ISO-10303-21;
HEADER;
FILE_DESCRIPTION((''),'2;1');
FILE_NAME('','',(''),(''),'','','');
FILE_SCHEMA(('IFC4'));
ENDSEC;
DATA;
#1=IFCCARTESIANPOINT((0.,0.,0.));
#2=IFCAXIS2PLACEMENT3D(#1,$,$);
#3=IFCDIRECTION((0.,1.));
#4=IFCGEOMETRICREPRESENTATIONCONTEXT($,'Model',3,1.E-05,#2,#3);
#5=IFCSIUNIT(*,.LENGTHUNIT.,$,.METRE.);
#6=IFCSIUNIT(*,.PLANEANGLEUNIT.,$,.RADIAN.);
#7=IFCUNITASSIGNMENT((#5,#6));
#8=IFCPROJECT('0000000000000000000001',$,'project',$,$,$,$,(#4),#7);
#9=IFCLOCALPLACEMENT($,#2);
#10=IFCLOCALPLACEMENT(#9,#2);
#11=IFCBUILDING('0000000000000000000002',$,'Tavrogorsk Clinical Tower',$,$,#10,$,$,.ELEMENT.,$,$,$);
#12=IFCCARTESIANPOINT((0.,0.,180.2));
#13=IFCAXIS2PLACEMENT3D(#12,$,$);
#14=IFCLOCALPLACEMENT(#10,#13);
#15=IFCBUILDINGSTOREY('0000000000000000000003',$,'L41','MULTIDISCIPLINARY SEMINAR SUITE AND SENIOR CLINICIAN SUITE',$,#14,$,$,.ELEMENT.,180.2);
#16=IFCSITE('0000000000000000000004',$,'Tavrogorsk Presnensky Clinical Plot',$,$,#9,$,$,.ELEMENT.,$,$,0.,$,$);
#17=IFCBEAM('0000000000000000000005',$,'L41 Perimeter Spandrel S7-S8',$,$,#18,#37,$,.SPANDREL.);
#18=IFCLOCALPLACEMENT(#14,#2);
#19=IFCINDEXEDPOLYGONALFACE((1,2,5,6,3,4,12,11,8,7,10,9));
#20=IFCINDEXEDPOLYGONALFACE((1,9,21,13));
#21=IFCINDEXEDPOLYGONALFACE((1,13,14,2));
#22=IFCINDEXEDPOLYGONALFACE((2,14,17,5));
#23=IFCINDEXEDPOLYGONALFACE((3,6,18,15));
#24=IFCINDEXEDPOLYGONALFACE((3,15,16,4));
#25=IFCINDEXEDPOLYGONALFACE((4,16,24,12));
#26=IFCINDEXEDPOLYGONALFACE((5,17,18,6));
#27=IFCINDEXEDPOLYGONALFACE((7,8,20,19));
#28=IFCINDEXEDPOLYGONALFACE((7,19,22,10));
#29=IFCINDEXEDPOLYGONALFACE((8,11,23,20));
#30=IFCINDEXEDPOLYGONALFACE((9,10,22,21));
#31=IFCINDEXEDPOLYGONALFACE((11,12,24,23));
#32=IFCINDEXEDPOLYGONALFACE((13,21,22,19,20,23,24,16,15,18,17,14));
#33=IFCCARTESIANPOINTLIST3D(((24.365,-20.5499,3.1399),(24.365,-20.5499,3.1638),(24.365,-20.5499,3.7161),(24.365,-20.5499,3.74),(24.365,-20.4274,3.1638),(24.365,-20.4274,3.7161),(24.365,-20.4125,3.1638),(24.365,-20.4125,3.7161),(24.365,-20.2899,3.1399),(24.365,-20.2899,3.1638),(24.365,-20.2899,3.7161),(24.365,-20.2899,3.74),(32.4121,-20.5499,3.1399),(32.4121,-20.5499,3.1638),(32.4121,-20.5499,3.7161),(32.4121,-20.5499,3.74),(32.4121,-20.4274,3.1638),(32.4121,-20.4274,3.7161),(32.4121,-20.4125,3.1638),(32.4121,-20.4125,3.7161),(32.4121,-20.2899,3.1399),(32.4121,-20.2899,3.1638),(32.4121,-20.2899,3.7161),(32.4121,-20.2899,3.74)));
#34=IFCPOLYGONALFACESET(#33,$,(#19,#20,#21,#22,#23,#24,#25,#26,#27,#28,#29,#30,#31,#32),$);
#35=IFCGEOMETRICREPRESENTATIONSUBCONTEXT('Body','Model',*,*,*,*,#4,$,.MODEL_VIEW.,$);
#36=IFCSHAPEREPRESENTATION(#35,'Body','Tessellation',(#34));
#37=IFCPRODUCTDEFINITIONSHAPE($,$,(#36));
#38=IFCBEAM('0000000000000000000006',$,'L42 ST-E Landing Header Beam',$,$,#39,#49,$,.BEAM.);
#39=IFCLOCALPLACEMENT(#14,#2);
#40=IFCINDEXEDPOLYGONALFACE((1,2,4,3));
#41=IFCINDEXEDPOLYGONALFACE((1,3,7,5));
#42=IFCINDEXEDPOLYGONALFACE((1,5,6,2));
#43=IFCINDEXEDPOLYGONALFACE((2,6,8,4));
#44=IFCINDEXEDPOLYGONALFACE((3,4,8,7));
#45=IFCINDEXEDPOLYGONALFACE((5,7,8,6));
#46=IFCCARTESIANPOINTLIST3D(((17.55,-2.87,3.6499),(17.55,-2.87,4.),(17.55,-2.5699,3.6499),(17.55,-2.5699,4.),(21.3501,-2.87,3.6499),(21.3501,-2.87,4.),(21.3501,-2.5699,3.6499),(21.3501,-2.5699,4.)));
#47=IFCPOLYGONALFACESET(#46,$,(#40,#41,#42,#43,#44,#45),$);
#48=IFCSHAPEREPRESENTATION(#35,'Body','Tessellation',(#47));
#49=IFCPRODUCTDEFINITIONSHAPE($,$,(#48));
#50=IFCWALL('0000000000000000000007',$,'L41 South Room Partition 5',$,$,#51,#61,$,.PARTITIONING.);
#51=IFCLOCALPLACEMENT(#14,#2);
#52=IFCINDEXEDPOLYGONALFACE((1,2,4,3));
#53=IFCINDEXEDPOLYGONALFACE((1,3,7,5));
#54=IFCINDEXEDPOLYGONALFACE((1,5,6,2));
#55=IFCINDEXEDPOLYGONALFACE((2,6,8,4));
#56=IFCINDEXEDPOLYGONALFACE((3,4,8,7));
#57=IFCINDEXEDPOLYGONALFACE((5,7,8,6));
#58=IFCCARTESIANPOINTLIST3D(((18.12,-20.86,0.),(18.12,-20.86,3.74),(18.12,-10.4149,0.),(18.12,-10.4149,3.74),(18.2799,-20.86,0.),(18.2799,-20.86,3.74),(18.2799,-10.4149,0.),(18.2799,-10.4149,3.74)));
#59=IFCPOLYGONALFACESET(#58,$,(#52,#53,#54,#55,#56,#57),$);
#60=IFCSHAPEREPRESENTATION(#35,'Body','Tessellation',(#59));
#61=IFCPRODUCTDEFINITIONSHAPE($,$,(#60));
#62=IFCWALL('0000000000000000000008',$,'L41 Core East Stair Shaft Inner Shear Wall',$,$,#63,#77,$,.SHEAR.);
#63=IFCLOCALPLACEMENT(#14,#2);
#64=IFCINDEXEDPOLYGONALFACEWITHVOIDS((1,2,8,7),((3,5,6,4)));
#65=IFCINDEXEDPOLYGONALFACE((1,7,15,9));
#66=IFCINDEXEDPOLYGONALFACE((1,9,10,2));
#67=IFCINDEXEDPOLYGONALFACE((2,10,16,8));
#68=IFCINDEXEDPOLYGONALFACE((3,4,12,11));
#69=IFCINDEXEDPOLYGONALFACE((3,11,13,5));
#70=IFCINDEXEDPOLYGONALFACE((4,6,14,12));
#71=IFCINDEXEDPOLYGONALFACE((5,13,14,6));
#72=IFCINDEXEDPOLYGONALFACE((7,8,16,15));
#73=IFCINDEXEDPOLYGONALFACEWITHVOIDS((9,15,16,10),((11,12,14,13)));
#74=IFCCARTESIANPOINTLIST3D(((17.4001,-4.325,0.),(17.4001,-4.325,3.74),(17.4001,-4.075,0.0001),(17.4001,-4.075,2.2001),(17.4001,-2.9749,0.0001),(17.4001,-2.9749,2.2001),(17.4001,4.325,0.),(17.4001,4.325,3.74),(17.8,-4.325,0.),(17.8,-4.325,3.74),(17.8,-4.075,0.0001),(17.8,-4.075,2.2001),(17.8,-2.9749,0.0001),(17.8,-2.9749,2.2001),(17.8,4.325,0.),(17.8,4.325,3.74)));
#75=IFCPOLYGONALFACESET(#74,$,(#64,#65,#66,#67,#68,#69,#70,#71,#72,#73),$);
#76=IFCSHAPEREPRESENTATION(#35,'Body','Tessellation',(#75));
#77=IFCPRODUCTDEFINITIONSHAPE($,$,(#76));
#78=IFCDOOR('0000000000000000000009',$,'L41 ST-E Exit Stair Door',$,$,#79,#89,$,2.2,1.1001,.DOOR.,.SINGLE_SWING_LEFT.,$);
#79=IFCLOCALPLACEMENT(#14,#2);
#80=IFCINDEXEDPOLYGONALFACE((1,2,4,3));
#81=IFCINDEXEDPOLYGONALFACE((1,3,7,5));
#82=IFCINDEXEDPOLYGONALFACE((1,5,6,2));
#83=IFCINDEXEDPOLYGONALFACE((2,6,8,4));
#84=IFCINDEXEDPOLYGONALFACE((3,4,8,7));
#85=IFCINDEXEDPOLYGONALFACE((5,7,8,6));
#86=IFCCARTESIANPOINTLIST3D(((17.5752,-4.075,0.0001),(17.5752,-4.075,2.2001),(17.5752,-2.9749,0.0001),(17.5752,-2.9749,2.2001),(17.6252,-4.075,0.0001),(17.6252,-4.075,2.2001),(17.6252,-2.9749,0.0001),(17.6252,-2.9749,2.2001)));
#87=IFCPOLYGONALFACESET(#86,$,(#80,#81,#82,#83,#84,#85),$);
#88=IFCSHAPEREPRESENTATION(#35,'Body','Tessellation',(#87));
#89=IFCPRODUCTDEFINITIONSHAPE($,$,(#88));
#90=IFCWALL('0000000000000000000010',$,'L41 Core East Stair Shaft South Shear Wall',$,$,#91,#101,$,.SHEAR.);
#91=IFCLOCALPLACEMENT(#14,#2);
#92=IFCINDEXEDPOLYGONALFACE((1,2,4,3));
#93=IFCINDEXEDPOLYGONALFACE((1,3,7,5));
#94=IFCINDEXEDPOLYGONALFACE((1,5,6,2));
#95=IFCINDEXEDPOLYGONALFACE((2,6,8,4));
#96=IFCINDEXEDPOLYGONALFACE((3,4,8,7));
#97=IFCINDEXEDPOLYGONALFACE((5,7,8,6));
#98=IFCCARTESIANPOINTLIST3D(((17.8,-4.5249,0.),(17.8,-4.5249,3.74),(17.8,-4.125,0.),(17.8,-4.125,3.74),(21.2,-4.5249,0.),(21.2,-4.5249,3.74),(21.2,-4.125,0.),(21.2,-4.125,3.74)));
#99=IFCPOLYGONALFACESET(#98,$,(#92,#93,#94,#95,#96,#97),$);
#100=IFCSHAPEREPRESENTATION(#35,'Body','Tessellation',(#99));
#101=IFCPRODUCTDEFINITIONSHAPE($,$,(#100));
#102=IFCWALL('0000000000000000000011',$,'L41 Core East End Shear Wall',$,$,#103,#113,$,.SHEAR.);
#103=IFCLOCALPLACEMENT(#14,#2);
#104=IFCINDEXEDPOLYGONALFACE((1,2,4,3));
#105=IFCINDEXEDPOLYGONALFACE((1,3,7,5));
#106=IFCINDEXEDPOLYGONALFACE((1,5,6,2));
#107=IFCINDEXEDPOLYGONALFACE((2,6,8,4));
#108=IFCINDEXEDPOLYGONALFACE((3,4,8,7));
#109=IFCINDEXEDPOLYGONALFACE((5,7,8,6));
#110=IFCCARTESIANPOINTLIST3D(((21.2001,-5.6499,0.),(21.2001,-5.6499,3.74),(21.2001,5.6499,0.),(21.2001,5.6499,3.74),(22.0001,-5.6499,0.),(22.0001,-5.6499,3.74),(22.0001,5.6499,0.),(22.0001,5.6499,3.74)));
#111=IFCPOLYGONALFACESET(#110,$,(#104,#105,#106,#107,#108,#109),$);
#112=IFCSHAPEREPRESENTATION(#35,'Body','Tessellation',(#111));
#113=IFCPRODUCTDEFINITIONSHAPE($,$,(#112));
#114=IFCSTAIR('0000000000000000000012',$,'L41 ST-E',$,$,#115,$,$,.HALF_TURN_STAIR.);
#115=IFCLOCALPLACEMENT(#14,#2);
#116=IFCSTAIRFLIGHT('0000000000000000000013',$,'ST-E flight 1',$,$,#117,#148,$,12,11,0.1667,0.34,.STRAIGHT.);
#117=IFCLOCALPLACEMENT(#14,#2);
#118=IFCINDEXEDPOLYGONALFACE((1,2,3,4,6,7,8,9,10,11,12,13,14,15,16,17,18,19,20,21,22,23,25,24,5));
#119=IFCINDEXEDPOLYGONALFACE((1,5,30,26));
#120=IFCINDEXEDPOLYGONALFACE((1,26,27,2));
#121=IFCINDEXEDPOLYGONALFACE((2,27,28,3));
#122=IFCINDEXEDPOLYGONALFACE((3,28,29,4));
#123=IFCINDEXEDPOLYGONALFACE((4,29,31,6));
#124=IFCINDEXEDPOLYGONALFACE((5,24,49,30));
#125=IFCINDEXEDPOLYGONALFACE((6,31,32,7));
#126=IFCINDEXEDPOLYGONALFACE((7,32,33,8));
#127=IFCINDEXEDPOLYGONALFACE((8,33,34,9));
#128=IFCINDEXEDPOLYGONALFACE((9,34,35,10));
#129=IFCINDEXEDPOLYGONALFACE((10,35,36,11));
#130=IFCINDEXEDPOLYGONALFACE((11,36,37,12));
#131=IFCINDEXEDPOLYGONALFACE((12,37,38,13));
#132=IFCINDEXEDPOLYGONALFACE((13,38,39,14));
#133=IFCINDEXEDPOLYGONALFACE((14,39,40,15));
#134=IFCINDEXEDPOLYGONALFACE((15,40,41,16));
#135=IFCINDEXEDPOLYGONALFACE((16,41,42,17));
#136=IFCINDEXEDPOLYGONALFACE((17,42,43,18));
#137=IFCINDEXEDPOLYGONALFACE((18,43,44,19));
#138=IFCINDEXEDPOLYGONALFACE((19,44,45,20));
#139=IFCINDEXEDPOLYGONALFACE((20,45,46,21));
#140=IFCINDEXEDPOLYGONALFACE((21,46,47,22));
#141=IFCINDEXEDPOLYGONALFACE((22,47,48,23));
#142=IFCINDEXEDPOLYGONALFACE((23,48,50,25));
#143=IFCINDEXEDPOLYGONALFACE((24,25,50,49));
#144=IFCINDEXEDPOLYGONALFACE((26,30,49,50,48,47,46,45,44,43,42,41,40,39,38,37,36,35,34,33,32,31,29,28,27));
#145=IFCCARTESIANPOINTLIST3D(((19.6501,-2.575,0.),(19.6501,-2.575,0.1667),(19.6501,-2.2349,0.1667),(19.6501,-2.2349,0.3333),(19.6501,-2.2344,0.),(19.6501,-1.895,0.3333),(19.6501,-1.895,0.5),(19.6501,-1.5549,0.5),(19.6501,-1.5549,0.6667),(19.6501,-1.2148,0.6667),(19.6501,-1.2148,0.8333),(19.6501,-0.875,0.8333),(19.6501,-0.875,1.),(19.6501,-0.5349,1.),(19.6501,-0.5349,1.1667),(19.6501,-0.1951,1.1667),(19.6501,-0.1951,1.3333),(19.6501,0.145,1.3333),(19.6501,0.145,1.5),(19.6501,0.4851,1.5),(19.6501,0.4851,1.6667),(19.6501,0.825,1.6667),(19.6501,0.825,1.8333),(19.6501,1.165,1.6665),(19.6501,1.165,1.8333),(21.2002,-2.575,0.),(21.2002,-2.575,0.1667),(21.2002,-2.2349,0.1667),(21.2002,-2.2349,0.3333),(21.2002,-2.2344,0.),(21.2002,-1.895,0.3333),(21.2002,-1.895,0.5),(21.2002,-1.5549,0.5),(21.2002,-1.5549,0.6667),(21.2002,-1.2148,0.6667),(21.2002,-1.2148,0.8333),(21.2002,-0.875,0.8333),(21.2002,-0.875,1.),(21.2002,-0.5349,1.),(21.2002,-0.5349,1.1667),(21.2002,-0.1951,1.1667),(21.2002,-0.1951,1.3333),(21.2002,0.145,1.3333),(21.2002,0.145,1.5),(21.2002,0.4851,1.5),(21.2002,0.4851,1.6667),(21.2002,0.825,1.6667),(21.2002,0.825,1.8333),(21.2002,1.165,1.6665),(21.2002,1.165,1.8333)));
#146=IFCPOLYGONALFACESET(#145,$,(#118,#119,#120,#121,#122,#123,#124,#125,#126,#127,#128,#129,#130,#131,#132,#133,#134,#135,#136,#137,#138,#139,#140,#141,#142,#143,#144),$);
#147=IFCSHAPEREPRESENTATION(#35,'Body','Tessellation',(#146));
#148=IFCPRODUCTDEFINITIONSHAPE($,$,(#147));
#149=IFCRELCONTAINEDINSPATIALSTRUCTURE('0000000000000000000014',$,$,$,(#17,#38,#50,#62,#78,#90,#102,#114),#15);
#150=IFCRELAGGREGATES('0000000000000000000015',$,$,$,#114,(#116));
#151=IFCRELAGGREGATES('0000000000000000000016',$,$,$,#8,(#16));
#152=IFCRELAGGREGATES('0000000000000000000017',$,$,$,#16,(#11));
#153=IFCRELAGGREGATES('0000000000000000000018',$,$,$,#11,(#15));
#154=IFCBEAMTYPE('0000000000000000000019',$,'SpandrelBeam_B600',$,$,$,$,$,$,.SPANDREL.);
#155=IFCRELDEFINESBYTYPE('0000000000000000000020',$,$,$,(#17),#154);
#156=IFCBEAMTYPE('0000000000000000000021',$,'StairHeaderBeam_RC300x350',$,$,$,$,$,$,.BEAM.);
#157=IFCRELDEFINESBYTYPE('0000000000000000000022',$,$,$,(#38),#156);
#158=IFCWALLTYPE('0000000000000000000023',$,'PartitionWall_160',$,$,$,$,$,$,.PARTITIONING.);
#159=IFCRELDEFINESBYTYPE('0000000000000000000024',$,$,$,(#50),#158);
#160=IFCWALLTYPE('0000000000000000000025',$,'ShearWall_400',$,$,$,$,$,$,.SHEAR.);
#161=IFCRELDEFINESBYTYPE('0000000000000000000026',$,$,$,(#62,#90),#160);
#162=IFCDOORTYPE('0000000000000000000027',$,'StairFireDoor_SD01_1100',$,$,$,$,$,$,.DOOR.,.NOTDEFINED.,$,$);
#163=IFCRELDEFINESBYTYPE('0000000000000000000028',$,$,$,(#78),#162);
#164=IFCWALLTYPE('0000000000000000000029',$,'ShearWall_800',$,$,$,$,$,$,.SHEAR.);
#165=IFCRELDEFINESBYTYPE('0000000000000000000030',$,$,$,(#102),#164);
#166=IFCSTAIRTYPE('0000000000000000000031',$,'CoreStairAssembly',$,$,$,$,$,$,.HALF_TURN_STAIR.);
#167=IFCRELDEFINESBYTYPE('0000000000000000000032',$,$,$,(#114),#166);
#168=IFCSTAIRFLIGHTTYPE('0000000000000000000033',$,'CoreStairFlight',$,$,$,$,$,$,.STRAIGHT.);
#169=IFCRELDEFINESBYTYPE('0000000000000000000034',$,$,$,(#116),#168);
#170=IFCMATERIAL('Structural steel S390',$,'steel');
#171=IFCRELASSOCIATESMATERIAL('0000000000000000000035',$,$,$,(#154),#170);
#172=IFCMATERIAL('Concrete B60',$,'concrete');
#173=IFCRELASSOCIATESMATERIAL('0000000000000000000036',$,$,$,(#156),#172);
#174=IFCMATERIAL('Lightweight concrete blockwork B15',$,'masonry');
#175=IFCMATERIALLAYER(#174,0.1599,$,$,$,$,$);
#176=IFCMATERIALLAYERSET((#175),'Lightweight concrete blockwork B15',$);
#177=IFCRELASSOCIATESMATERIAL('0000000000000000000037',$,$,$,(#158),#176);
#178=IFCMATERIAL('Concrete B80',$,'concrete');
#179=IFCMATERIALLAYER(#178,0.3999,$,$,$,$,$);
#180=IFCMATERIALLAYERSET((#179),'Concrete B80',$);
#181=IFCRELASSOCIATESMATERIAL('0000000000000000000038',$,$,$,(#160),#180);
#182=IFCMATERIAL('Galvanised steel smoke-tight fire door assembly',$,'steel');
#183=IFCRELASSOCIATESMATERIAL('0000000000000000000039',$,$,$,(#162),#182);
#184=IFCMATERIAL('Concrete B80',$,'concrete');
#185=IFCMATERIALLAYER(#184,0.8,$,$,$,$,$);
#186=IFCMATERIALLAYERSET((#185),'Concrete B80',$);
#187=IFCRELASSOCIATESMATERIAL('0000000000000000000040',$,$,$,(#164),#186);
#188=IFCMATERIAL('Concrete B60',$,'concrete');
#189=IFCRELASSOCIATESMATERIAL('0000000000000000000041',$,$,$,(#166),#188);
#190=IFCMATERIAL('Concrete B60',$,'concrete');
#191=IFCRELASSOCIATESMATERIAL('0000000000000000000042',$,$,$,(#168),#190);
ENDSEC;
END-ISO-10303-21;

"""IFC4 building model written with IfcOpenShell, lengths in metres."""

from ifc_helpers import new_model, si_unit, direction, frame, frame_2d, origin, origin_2d, place, context, subcontext, project, spatial, polyline, rectangle, i_section, outline, extrude, material, layer, layer_set, material_profile, profile_set, type_object, element, fill, aggregate, save


model = new_model("IFC4")

# Units and contexts
model_context = context("Model", 3, precision=1e-05, world=origin(), true_north=direction((0.0, 1.0)))
body_context = subcontext(model_context, "Body", "Model", "MODEL_VIEW")
ifc_project = project(units=[si_unit("LENGTHUNIT", "METRE"), si_unit("PLANEANGLEUNIT", "RADIAN")], contexts=[model_context])

# Site, building, storey
site_placement = place(None, origin())
site = spatial("IfcSite", under=ifc_project, at=site_placement, Name="Tavrogorsk Presnensky Clinical Plot", CompositionType="ELEMENT", RefElevation=0.0)
building_placement = place(site_placement, origin())
building = spatial("IfcBuilding", under=site, at=building_placement, Name="Tavrogorsk Clinical Tower", CompositionType="ELEMENT")
storey_placement = place(building_placement, frame((0.0, 0.0, 180.2)))
storey = spatial("IfcBuildingStorey", under=building, at=storey_placement, Name="L41", Description="MULTIDISCIPLINARY SEMINAR SUITE AND SENIOR CLINICIAN SUITE", CompositionType="ELEMENT", Elevation=180.2)

# Beams
ifc_material_1 = material(Name="Structural steel S390", Category="steel")
ifc_material_profile_1 = material_profile(ifc_material_1, i_section(OverallWidth=0.26, OverallDepth=0.6001, WebThickness=0.0149, FlangeThickness=0.0239, at=origin_2d()), Name="B-600x260x15x24")
ifc_profile_set_1 = profile_set([ifc_material_profile_1], Name="Structural steel S390")
beam_type_1 = type_object("IfcBeamType", Name="SpandrelBeam_B600", PredefinedType="SPANDREL", material=ifc_profile_set_1)
beam_1_placement = place(storey_placement, frame((24.365, -20.4199, 3.4399), z_axis=(1.0, 0.0, 0.0), x_axis=(0.0, 1.0, 0.0)))
element("IfcBeam", 1, at=beam_1_placement, inside=storey, type_object=beam_type_1, Name="L41 Perimeter Spandrel S7-S8", PredefinedType="SPANDREL", context=body_context, shape_type="SweptSolid", body=[
    extrude(i_section(OverallWidth=0.26, OverallDepth=0.6001, WebThickness=0.0149, FlangeThickness=0.0239, at=origin_2d()), origin(), (0.0, 0.0, 1.0), 8.0471),
])
ifc_material_2 = material(Name="Concrete B60", Category="concrete")
ifc_material_profile_2 = material_profile(ifc_material_2, rectangle(XDim=0.3, YDim=0.3501, at=origin_2d()), Name="RC-SHB-300x350")
ifc_profile_set_2 = profile_set([ifc_material_profile_2], Name="Concrete B60")
beam_type_2 = type_object("IfcBeamType", Name="StairHeaderBeam_RC300x350", PredefinedType="BEAM", material=ifc_profile_set_2)
beam_2_placement = place(storey_placement, frame((17.55, -2.72, 3.825), z_axis=(1.0, 0.0, 0.0), x_axis=(0.0, 1.0, 0.0)))
element("IfcBeam", 2, at=beam_2_placement, inside=storey, type_object=beam_type_2, Name="L42 ST-E Landing Header Beam", PredefinedType="BEAM", context=body_context, shape_type="SweptSolid", body=[
    extrude(rectangle(XDim=0.3, YDim=0.3501, at=origin_2d()), origin(), (0.0, 0.0, 1.0), 3.8),
])

# Wall
ifc_material_3 = material(Name="Lightweight concrete blockwork B15", Category="masonry")
ifc_layer_1 = layer(ifc_material_3, 0.1599)
ifc_layer_set_1 = layer_set([ifc_layer_1], Name="Lightweight concrete blockwork B15")
wall_type_1 = type_object("IfcWallType", Name="PartitionWall_160", PredefinedType="PARTITIONING", material=ifc_layer_set_1)
wall_1_placement = place(storey_placement, frame((18.2, -20.8601, 0.0), z_axis=(0.0, 0.0, 1.0), x_axis=(0.0, 1.0, 0.0)))
element("IfcWall", 3, at=wall_1_placement, inside=storey, type_object=wall_type_1, Name="L41 South Room Partition 5", PredefinedType="PARTITIONING", context=body_context, shape_type="SweptSolid", body=[
    extrude(rectangle(XDim=10.4451, YDim=0.1599, at=frame_2d((5.2227, 0.0))), origin(), (0.0, 0.0, 1.0), 3.74),
])

# Wall, opening, door
ifc_material_4 = material(Name="Concrete B80", Category="concrete")
ifc_layer_2 = layer(ifc_material_4, 0.3999)
ifc_layer_set_2 = layer_set([ifc_layer_2], Name="Concrete B80")
wall_type_2 = type_object("IfcWallType", Name="ShearWall_400", PredefinedType="SHEAR", material=ifc_layer_set_2)
wall_2_placement = place(storey_placement, frame((17.6001, -4.325, 0.0), z_axis=(0.0, 0.0, 1.0), x_axis=(0.0, 1.0, 0.0)))
wall_2 = element("IfcWall", 4, at=wall_2_placement, inside=storey, type_object=wall_type_2, Name="L41 Core East Stair Shaft Inner Shear Wall", PredefinedType="SHEAR", context=body_context, shape_type="SweptSolid", body=[
    extrude(rectangle(XDim=8.6499, YDim=0.3999, at=frame_2d((4.325, 0.0))), origin(), (0.0, 0.0, 1.0), 3.74),
])
opening_placement = place(wall_2_placement, frame((0.25, 0.0, 0.0)))
opening = element("IfcOpeningElement", 5, at=opening_placement, cuts=wall_2, PredefinedType="OPENING", context=body_context, shape_type="SweptSolid", body=[
    extrude(rectangle(XDim=1.1001, YDim=2.2, at=frame_2d((0.55, 1.1001))), frame((0.0, 0.21, 0.0), z_axis=(0.0, -1.0, 0.0), x_axis=(1.0, 0.0, 0.0)), (0.0, 0.0, 1.0), 0.4199),
])
ifc_material_5 = material(Name="Galvanised steel smoke-tight fire door assembly", Category="steel")
door_type = type_object("IfcDoorType", Name="StairFireDoor_SD01_1100", OperationType="NOTDEFINED", PredefinedType="DOOR", material=ifc_material_5)
door_placement = place(opening_placement, origin())
door = element("IfcDoor", 6, at=door_placement, inside=storey, type_object=door_type, Name="L41 ST-E Exit Stair Door", OperationType="SINGLE_SWING_LEFT", OverallHeight=2.2, OverallWidth=1.1001, PredefinedType="DOOR", context=body_context, shape_type="SweptSolid", body=[
    extrude(rectangle(XDim=1.1001, YDim=2.2, at=frame_2d((0.55, 1.1001))), frame((0.0, 0.0249, 0.0), z_axis=(0.0, -1.0, 0.0), x_axis=(1.0, 0.0, 0.0)), (0.0, 0.0, 1.0), 0.05),
])
fill(opening, door)

# Walls
wall_3_placement = place(storey_placement, frame((17.8, -4.325, 0.0), z_axis=(0.0, 0.0, 1.0), x_axis=(1.0, 0.0, 0.0)))
element("IfcWall", 7, at=wall_3_placement, inside=storey, type_object=wall_type_2, Name="L41 Core East Stair Shaft South Shear Wall", PredefinedType="SHEAR", context=body_context, shape_type="SweptSolid", body=[
    extrude(rectangle(XDim=3.3999, YDim=0.3999, at=frame_2d((1.7, 0.0))), origin(), (0.0, 0.0, 1.0), 3.74),
])
ifc_material_6 = material(Name="Concrete B80", Category="concrete")
ifc_layer_3 = layer(ifc_material_6, 0.8)
ifc_layer_set_3 = layer_set([ifc_layer_3], Name="Concrete B80")
wall_type_3 = type_object("IfcWallType", Name="ShearWall_800", PredefinedType="SHEAR", material=ifc_layer_set_3)
wall_4_placement = place(storey_placement, frame((21.6001, -5.6499, 0.0), z_axis=(0.0, 0.0, 1.0), x_axis=(0.0, 1.0, 0.0)))
element("IfcWall", 8, at=wall_4_placement, inside=storey, type_object=wall_type_3, Name="L41 Core East End Shear Wall", PredefinedType="SHEAR", context=body_context, shape_type="SweptSolid", body=[
    extrude(rectangle(XDim=11.2998, YDim=0.8, at=frame_2d((5.6499, 0.0))), origin(), (0.0, 0.0, 1.0), 3.74),
])

# Stair, stair flight
ifc_material_7 = material(Name="Concrete B60", Category="concrete")
stair_type = type_object("IfcStairType", Name="CoreStairAssembly", PredefinedType="HALF_TURN_STAIR", material=ifc_material_7)
stair_placement = place(storey_placement, origin())
stair = element("IfcStair", 9, at=stair_placement, inside=storey, type_object=stair_type, Name="L41 ST-E", PredefinedType="HALF_TURN_STAIR")
ifc_material_8 = material(Name="Concrete B60", Category="concrete")
stair_flight_type = type_object("IfcStairFlightType", Name="CoreStairFlight", PredefinedType="STRAIGHT", material=ifc_material_8)
stair_flight_placement = place(storey_placement, frame((20.425, -2.575, 0.0), z_axis=(0.0, 0.0, 1.0), x_axis=(0.0, 1.0, 0.0)))
stair_flight = element("IfcStairFlight", 10, at=stair_flight_placement, type_object=stair_flight_type, Name="ST-E flight 1", NumberOfRisers=12, NumberOfTreads=11, PredefinedType="STRAIGHT", RiserHeight=0.1667, TreadLength=0.34, context=body_context, shape_type="SweptSolid", body=[
    extrude(outline(polyline([(0.0, 0.0), (0.0, 0.1667), (0.3401, 0.1667), (0.3401, 0.3333), (0.6799, 0.3333), (0.6799, 0.5), (1.02, 0.5), (1.02, 0.6667), (1.3601, 0.6667), (1.3601, 0.8333), (1.7, 0.8333), (1.7, 1.0), (2.04, 1.0), (2.04, 1.1667), (2.3799, 1.1667), (2.3799, 1.3333), (2.72, 1.3333), (2.72, 1.5), (3.0601, 1.5), (3.0601, 1.6667), (3.3999, 1.6667), (3.3999, 1.8333), (3.74, 1.8333), (3.74, 2.0), (3.74, 1.6665), (0.3406, 0.0), (0.0, 0.0)])), frame((0.0, 0.7749, 0.0), z_axis=(0.0, -1.0, 0.0), x_axis=(1.0, 0.0, 0.0)), (0.0, 0.0, 1.0), 1.55),
])
aggregate(stair, [stair_flight])

save(model, "model.ifc")
